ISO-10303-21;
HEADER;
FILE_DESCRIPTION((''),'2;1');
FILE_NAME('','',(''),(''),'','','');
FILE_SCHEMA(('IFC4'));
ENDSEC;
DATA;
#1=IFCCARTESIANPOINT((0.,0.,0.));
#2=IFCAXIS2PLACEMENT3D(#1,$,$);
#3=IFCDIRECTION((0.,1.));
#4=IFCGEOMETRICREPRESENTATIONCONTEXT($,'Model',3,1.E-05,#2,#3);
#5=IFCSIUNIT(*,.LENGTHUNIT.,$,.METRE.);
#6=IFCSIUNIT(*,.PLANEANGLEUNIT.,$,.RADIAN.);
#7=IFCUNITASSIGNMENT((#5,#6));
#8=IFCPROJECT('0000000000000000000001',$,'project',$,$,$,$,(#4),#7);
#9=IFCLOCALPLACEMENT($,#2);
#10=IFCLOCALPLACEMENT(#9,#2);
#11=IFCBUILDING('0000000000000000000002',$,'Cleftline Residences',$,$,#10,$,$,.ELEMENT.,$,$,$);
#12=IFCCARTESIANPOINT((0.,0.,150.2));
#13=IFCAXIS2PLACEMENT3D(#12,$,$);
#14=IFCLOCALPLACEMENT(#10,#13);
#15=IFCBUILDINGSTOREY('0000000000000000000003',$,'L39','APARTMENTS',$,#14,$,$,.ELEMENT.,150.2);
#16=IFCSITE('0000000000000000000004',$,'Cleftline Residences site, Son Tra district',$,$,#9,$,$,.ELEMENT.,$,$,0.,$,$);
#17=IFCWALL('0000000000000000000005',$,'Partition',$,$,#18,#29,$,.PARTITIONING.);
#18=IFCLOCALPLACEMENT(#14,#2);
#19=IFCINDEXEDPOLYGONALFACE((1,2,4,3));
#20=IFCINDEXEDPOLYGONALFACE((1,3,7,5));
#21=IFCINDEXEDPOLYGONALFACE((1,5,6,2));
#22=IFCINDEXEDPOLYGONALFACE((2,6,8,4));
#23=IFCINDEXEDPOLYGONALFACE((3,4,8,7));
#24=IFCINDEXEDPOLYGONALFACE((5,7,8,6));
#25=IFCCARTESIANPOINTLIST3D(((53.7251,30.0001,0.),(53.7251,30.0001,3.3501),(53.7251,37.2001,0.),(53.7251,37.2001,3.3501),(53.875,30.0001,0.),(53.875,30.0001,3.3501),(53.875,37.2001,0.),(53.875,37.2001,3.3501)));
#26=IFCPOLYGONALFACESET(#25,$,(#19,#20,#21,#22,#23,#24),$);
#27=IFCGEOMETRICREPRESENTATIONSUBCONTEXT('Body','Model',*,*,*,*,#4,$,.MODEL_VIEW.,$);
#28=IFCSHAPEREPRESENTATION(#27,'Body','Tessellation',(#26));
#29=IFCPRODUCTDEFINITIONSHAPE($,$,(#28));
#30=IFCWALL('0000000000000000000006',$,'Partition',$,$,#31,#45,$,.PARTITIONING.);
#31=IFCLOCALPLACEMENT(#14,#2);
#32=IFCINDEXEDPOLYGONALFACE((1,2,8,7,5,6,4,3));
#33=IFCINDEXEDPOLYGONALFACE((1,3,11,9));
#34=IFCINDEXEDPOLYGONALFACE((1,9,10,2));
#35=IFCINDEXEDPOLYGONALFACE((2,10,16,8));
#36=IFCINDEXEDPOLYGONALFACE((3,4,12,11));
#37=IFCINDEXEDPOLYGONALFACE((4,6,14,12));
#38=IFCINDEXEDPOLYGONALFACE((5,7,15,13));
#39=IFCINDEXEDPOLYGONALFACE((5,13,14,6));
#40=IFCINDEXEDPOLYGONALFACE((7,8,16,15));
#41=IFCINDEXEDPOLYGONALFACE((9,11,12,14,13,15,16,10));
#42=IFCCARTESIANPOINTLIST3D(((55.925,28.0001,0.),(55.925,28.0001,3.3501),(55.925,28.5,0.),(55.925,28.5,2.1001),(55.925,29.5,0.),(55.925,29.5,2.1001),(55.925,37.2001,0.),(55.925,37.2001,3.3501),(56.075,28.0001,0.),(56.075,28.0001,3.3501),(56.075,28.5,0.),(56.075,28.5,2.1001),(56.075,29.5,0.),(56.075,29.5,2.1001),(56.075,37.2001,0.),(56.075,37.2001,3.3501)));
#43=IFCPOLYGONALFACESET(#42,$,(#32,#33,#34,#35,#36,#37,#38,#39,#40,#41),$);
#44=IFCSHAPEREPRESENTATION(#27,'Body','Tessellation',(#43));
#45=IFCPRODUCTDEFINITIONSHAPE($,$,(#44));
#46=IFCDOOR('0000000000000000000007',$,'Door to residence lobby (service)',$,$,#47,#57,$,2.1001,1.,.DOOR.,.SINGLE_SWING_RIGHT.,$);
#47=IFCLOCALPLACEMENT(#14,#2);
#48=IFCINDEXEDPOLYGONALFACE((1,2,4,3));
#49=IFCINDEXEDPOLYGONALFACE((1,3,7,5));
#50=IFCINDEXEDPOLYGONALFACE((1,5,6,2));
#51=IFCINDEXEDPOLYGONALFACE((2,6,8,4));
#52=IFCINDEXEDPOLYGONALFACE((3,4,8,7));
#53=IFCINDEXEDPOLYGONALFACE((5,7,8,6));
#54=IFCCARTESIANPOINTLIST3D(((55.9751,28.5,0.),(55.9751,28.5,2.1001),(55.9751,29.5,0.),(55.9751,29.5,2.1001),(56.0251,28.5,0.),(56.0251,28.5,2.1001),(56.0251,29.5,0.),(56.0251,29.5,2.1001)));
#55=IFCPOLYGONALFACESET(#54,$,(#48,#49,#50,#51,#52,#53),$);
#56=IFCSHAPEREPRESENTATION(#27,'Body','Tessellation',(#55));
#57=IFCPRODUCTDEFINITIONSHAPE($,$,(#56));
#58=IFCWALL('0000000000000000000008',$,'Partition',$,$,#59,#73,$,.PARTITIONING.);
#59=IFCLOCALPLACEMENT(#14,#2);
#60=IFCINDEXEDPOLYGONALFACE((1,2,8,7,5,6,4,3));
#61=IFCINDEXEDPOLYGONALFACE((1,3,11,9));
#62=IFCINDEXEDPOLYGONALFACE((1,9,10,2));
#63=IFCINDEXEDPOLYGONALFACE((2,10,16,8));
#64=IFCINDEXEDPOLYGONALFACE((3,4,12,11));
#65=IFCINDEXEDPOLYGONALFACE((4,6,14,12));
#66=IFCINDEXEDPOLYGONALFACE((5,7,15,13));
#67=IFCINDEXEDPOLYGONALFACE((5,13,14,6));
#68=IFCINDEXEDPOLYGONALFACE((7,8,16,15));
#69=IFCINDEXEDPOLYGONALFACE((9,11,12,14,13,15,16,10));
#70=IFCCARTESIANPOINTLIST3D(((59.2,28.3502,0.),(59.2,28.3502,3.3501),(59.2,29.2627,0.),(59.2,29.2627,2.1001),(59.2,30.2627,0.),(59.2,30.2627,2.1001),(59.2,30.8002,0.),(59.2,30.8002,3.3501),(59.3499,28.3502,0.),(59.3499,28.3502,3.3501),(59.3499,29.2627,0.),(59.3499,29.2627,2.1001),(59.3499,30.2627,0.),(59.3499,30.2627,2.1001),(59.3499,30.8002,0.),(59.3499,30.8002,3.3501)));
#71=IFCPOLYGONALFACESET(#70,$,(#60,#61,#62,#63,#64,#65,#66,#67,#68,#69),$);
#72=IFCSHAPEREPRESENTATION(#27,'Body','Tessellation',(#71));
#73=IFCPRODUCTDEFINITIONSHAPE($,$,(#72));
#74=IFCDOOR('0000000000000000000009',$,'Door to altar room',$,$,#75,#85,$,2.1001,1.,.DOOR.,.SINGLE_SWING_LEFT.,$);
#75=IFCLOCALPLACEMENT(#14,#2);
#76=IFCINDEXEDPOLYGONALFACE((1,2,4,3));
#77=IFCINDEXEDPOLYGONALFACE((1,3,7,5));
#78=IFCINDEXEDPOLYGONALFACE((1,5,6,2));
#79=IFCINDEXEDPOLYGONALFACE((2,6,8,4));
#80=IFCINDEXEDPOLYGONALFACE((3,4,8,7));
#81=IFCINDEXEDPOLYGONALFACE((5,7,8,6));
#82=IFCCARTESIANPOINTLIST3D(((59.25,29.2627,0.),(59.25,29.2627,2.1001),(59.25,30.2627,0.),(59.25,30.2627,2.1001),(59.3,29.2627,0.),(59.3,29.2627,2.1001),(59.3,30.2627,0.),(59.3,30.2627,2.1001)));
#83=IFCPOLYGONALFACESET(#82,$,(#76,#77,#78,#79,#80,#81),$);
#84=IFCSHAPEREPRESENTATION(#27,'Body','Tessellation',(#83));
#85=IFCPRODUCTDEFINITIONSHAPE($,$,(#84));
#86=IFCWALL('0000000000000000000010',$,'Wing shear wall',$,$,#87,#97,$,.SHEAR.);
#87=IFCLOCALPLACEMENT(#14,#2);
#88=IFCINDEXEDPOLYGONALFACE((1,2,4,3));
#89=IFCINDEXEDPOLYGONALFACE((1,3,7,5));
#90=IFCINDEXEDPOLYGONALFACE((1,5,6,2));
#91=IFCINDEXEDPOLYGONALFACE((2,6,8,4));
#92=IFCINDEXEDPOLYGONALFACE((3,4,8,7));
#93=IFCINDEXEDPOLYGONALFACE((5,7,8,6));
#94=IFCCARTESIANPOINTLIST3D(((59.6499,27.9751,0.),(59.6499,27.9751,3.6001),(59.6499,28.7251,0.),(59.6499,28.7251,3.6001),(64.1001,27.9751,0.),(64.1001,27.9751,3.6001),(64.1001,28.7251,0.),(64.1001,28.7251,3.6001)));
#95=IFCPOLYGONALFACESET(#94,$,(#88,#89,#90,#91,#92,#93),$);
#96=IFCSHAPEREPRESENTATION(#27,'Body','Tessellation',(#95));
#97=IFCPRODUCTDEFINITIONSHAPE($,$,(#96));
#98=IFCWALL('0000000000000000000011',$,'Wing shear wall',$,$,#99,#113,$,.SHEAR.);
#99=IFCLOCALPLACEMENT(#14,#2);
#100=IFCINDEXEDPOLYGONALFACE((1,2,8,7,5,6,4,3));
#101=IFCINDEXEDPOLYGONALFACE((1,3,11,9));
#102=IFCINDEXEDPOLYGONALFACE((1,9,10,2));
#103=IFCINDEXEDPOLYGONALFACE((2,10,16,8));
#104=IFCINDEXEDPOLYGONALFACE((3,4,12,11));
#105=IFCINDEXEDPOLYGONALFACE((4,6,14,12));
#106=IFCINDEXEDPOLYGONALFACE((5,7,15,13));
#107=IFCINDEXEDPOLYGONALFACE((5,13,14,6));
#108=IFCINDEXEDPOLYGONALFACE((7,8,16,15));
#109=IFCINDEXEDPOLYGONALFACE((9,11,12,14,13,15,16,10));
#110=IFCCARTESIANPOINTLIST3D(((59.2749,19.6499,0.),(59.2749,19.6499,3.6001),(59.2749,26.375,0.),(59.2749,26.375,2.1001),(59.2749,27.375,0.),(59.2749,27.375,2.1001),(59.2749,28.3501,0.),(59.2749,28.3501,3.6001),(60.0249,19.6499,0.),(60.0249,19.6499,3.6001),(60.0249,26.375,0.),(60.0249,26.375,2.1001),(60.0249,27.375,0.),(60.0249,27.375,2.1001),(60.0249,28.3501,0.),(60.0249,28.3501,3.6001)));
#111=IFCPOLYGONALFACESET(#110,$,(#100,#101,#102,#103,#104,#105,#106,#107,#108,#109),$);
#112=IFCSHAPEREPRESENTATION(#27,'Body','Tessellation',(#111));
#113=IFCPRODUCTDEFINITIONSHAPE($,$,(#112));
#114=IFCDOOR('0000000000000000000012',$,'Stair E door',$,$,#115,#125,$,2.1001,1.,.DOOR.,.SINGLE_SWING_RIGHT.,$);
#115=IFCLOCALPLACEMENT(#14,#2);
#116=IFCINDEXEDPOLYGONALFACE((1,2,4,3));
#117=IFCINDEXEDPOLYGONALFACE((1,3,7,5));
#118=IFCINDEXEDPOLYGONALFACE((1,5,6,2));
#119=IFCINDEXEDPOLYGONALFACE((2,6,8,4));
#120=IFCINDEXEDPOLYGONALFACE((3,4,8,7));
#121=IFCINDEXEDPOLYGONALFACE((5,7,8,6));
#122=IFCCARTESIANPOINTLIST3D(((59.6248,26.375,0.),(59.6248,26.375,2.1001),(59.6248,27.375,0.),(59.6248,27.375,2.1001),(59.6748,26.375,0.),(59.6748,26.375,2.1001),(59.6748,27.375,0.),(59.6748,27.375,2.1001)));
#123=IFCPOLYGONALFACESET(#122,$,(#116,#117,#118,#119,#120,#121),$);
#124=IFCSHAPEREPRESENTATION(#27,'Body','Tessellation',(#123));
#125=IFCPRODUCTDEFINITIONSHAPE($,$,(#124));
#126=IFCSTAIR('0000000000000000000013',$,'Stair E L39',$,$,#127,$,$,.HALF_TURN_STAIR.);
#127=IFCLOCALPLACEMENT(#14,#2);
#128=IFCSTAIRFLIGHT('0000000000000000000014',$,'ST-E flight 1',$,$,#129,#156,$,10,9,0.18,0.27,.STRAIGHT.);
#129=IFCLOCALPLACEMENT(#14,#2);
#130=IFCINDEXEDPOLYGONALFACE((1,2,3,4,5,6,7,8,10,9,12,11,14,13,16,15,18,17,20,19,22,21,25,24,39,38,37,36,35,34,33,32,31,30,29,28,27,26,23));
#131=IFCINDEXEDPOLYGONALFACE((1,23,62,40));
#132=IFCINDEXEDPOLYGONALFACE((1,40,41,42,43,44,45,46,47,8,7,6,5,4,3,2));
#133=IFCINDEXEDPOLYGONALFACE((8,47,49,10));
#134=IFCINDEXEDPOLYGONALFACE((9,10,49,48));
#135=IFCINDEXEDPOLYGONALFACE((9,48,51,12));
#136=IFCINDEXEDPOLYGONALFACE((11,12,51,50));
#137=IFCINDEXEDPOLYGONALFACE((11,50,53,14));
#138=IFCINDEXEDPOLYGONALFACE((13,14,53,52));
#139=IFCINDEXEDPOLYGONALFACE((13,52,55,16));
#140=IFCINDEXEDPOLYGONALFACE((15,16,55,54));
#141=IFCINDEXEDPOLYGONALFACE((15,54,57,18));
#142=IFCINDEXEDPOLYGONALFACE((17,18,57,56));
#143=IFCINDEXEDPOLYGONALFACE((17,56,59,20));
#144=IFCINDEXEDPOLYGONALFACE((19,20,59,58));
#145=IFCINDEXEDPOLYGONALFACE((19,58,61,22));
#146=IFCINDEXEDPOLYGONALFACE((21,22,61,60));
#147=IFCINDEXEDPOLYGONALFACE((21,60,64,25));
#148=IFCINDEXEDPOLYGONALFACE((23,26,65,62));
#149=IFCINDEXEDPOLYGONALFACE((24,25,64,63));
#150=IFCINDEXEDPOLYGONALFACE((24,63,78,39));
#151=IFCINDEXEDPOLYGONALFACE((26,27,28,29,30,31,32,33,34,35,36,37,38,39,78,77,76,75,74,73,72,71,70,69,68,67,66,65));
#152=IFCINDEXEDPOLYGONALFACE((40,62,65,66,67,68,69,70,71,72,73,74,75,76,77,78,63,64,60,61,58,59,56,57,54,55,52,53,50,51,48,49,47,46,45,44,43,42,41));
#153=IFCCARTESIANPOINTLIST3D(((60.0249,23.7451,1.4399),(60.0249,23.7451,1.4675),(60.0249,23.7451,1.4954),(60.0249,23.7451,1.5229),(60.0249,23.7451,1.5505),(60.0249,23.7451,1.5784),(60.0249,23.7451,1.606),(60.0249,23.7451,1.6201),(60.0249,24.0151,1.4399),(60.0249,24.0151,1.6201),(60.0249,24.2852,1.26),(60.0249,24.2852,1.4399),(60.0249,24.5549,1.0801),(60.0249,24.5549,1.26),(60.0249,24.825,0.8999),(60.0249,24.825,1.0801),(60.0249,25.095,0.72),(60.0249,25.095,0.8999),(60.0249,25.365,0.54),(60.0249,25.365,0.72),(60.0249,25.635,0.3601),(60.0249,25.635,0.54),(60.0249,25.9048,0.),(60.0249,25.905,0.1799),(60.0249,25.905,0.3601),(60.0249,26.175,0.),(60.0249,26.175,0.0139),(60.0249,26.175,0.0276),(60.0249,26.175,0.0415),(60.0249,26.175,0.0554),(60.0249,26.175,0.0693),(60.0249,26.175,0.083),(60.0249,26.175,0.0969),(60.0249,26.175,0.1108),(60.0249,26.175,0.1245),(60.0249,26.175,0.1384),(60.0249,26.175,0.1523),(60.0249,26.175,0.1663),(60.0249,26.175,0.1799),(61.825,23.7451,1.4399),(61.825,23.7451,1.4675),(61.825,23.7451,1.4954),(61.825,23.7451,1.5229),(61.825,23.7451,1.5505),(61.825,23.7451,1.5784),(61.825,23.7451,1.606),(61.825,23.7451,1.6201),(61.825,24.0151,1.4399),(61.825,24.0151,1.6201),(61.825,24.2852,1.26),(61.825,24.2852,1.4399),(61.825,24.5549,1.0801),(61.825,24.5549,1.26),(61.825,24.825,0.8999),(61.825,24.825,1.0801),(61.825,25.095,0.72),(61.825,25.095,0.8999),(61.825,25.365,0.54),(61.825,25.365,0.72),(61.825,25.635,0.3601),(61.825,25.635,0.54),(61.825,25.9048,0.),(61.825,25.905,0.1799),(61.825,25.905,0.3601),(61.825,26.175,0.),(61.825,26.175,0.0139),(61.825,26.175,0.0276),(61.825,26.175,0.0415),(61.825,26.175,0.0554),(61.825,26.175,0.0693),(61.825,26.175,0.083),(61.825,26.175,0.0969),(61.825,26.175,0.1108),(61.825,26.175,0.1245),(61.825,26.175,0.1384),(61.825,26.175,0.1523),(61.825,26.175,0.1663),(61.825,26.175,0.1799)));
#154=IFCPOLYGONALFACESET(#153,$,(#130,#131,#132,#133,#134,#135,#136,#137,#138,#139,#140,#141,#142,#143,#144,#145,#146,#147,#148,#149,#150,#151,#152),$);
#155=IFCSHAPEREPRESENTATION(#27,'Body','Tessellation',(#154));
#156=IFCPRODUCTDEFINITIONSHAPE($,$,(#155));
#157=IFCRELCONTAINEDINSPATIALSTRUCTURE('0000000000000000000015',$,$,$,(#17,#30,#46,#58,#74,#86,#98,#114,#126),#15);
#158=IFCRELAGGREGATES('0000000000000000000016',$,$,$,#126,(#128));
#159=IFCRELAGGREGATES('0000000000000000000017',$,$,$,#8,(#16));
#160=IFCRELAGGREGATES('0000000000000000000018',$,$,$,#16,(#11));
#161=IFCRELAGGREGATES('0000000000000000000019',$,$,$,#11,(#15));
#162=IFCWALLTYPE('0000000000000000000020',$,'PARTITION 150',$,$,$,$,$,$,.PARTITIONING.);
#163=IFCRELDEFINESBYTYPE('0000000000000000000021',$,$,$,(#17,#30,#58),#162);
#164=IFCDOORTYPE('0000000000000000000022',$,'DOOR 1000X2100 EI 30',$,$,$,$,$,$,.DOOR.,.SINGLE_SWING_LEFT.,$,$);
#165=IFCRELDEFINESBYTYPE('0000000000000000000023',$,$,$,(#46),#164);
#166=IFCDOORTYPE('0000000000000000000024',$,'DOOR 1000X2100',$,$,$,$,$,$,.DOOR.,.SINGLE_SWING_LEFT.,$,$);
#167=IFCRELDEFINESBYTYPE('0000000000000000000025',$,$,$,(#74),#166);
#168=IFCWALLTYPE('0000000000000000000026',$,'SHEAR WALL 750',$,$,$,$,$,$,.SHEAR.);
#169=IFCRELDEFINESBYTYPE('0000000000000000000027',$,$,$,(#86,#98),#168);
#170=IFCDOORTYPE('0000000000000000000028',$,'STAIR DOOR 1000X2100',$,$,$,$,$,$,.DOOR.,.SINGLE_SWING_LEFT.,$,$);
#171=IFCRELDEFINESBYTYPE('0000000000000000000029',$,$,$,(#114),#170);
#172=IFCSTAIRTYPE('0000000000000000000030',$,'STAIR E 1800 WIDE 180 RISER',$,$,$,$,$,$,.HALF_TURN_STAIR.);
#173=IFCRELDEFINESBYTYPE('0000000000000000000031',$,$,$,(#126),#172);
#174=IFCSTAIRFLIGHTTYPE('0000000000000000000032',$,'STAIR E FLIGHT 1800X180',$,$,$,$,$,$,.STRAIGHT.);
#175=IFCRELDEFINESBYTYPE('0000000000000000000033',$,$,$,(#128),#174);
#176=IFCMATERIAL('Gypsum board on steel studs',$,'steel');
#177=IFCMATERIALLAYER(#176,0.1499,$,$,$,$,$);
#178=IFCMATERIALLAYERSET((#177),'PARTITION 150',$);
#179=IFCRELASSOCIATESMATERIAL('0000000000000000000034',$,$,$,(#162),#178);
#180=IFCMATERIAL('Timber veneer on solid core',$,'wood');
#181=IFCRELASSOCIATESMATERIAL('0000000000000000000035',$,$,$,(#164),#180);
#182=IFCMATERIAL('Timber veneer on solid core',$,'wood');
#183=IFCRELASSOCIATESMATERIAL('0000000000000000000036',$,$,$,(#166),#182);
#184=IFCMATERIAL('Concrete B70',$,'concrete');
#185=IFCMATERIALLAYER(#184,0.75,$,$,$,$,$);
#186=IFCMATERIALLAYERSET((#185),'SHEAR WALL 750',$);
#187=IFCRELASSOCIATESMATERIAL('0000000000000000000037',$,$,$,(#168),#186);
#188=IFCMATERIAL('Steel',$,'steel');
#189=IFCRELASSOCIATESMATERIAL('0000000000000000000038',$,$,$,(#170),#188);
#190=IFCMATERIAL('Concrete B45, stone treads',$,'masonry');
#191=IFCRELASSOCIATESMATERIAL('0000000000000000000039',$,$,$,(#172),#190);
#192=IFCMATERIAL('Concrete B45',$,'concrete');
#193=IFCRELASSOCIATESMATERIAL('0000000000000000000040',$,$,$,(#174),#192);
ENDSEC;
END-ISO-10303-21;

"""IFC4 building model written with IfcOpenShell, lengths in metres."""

from ifc_helpers import new_model, si_unit, direction, frame, frame_2d, origin, place, context, subcontext, project, spatial, polyline, rectangle, outline, extrude, material, layer, layer_set, type_object, element, fill, aggregate, save


model = new_model("IFC4")

# Units and contexts
model_context = context("Model", 3, precision=1e-05, world=origin(), true_north=direction((0.0, 1.0)))
body_context = subcontext(model_context, "Body", "Model", "MODEL_VIEW")
ifc_project = project(units=[si_unit("LENGTHUNIT", "METRE"), si_unit("PLANEANGLEUNIT", "RADIAN")], contexts=[model_context])

# Site, building, storey
site_placement = place(None, origin())
site = spatial("IfcSite", under=ifc_project, at=site_placement, Name="Cleftline Residences site, Son Tra district", CompositionType="ELEMENT", RefElevation=0.0)
building_placement = place(site_placement, origin())
building = spatial("IfcBuilding", under=site, at=building_placement, Name="Cleftline Residences", CompositionType="ELEMENT")
storey_placement = place(building_placement, frame((0.0, 0.0, 150.2)))
storey = spatial("IfcBuildingStorey", under=building, at=storey_placement, Name="L39", Description="APARTMENTS", CompositionType="ELEMENT", Elevation=150.2)

# Wall
ifc_material_1 = material(Name="Gypsum board on steel studs", Category="steel")
ifc_layer_1 = layer(ifc_material_1, 0.1499)
ifc_layer_set_1 = layer_set([ifc_layer_1], Name="PARTITION 150")
wall_type_1 = type_object("IfcWallType", Name="PARTITION 150", PredefinedType="PARTITIONING", material=ifc_layer_set_1)
wall_1_placement = place(storey_placement, frame((53.8, 30.0, 0.0), z_axis=(0.0, 0.0, 1.0), x_axis=(0.0, 1.0, 0.0)))
element("IfcWall", 1, at=wall_1_placement, inside=storey, type_object=wall_type_1, Name="Partition", PredefinedType="PARTITIONING", context=body_context, shape_type="SweptSolid", body=[
    extrude(rectangle(XDim=7.2, YDim=0.1499, at=frame_2d((3.6001, 0.0))), origin(), (0.0, 0.0, 1.0), 3.3501),
])

# Walls, openings, doors
wall_2_placement = place(storey_placement, frame((56.0, 28.0, 0.0), z_axis=(0.0, 0.0, 1.0), x_axis=(0.0, 1.0, 0.0)))
wall_2 = element("IfcWall", 2, at=wall_2_placement, inside=storey, type_object=wall_type_1, Name="Partition", PredefinedType="PARTITIONING", context=body_context, shape_type="SweptSolid", body=[
    extrude(rectangle(XDim=9.2, YDim=0.1499, at=frame_2d((4.6001, 0.0))), origin(), (0.0, 0.0, 1.0), 3.3501),
])
opening_1_placement = place(wall_2_placement, frame((0.5, 0.0, 0.0)))
opening_1 = element("IfcOpeningElement", 3, at=opening_1_placement, cuts=wall_2, PredefinedType="OPENING", context=body_context, shape_type="SweptSolid", body=[
    extrude(rectangle(XDim=1.0, YDim=2.1001, at=frame_2d((0.5, 1.05))), frame((0.0, 0.085, 0.0), z_axis=(0.0, -1.0, 0.0), x_axis=(1.0, 0.0, 0.0)), (0.0, 0.0, 1.0), 0.1699),
])
ifc_material_2 = material(Name="Timber veneer on solid core", Category="wood")
door_type_1 = type_object("IfcDoorType", Name="DOOR 1000X2100 EI 30", OperationType="SINGLE_SWING_LEFT", PredefinedType="DOOR", material=ifc_material_2)
door_1_placement = place(opening_1_placement, origin())
door_1 = element("IfcDoor", 4, at=door_1_placement, inside=storey, type_object=door_type_1, Name="Door to residence lobby (service)", OperationType="SINGLE_SWING_RIGHT", OverallHeight=2.1001, OverallWidth=1.0, PredefinedType="DOOR", context=body_context, shape_type="SweptSolid", body=[
    extrude(rectangle(XDim=1.0, YDim=2.1001, at=frame_2d((0.5, 1.05))), frame((0.0, 0.0249, 0.0), z_axis=(0.0, -1.0, 0.0), x_axis=(1.0, 0.0, 0.0)), (0.0, 0.0, 1.0), 0.05),
])
fill(opening_1, door_1)
wall_3_placement = place(storey_placement, frame((59.2749, 28.3501, 0.0), z_axis=(0.0, 0.0, 1.0), x_axis=(0.0, 1.0, 0.0)))
wall_3 = element("IfcWall", 5, at=wall_3_placement, inside=storey, type_object=wall_type_1, Name="Partition", PredefinedType="PARTITIONING", context=body_context, shape_type="SweptSolid", body=[
    extrude(rectangle(XDim=2.45, YDim=0.1499, at=frame_2d((1.2251, 0.0))), origin(), (0.0, 0.0, 1.0), 3.3501),
])
opening_2_placement = place(wall_3_placement, frame((0.9126, 0.0, 0.0)))
opening_2 = element("IfcOpeningElement", 6, at=opening_2_placement, cuts=wall_3, PredefinedType="OPENING", context=body_context, shape_type="SweptSolid", body=[
    extrude(rectangle(XDim=1.0, YDim=2.1001, at=frame_2d((0.5, 1.05))), frame((0.0, 0.085, 0.0), z_axis=(0.0, -1.0, 0.0), x_axis=(1.0, 0.0, 0.0)), (0.0, 0.0, 1.0), 0.1699),
])
ifc_material_3 = material(Name="Timber veneer on solid core", Category="wood")
door_type_2 = type_object("IfcDoorType", Name="DOOR 1000X2100", OperationType="SINGLE_SWING_LEFT", PredefinedType="DOOR", material=ifc_material_3)
door_2_placement = place(opening_2_placement, origin())
door_2 = element("IfcDoor", 7, at=door_2_placement, inside=storey, type_object=door_type_2, Name="Door to altar room", OperationType="SINGLE_SWING_LEFT", OverallHeight=2.1001, OverallWidth=1.0, PredefinedType="DOOR", context=body_context, shape_type="SweptSolid", body=[
    extrude(rectangle(XDim=1.0, YDim=2.1001, at=frame_2d((0.5, 1.05))), frame((0.0, 0.0249, 0.0), z_axis=(0.0, -1.0, 0.0), x_axis=(1.0, 0.0, 0.0)), (0.0, 0.0, 1.0), 0.05),
])
fill(opening_2, door_2)

# Wall
ifc_material_4 = material(Name="Concrete B70", Category="concrete")
ifc_layer_2 = layer(ifc_material_4, 0.75)
ifc_layer_set_2 = layer_set([ifc_layer_2], Name="SHEAR WALL 750")
wall_type_2 = type_object("IfcWallType", Name="SHEAR WALL 750", PredefinedType="SHEAR", material=ifc_layer_set_2)
wall_4_placement = place(storey_placement, frame((64.1001, 28.3501, 0.0), z_axis=(0.0, 0.0, 1.0), x_axis=(-1.0, 0.0, 0.0)))
element("IfcWall", 8, at=wall_4_placement, inside=storey, type_object=wall_type_2, Name="Wing shear wall", PredefinedType="SHEAR", context=body_context, shape_type="SweptSolid", body=[
    extrude(rectangle(XDim=4.4502, YDim=0.75, at=frame_2d((2.2251, 0.0))), origin(), (0.0, 0.0, 1.0), 3.6001),
])

# Wall, opening, door
wall_5_placement = place(storey_placement, frame((59.6499, 28.3501, 0.0), z_axis=(0.0, 0.0, 1.0), x_axis=(0.0, -1.0, 0.0)))
wall_5 = element("IfcWall", 9, at=wall_5_placement, inside=storey, type_object=wall_type_2, Name="Wing shear wall", PredefinedType="SHEAR", context=body_context, shape_type="SweptSolid", body=[
    extrude(rectangle(XDim=8.7002, YDim=0.75, at=frame_2d((4.3501, 0.0))), origin(), (0.0, 0.0, 1.0), 3.6001),
])
opening_3_placement = place(wall_5_placement, frame((0.9751, 0.0, 0.0)))
opening_3 = element("IfcOpeningElement", 10, at=opening_3_placement, cuts=wall_5, PredefinedType="OPENING", context=body_context, shape_type="SweptSolid", body=[
    extrude(rectangle(XDim=1.0, YDim=2.1001, at=frame_2d((0.5, 1.05))), frame((0.0, 0.385, 0.0), z_axis=(0.0, -1.0, 0.0), x_axis=(1.0, 0.0, 0.0)), (0.0, 0.0, 1.0), 0.77),
])
ifc_material_5 = material(Name="Steel", Category="steel")
door_type_3 = type_object("IfcDoorType", Name="STAIR DOOR 1000X2100", OperationType="SINGLE_SWING_LEFT", PredefinedType="DOOR", material=ifc_material_5)
door_3_placement = place(opening_3_placement, origin())
door_3 = element("IfcDoor", 11, at=door_3_placement, inside=storey, type_object=door_type_3, Name="Stair E door", OperationType="SINGLE_SWING_RIGHT", OverallHeight=2.1001, OverallWidth=1.0, PredefinedType="DOOR", context=body_context, shape_type="SweptSolid", body=[
    extrude(rectangle(XDim=1.0, YDim=2.1001, at=frame_2d((0.5, 1.05))), frame((0.0, 0.0249, 0.0), z_axis=(0.0, -1.0, 0.0), x_axis=(1.0, 0.0, 0.0)), (0.0, 0.0, 1.0), 0.05),
])
fill(opening_3, door_3)

# Stair, stair flight
ifc_material_6 = material(Name="Concrete B45, stone treads", Category="masonry")
stair_type = type_object("IfcStairType", Name="STAIR E 1800 WIDE 180 RISER", PredefinedType="HALF_TURN_STAIR", material=ifc_material_6)
stair_placement = place(storey_placement, origin())
stair = element("IfcStair", 12, at=stair_placement, inside=storey, type_object=stair_type, Name="Stair E L39", PredefinedType="HALF_TURN_STAIR")
ifc_material_7 = material(Name="Concrete B45", Category="concrete")
stair_flight_type = type_object("IfcStairFlightType", Name="STAIR E FLIGHT 1800X180", PredefinedType="STRAIGHT", material=ifc_material_7)
stair_flight_placement = place(storey_placement, frame((60.925, 26.175, 0.0), z_axis=(0.0, 0.0, 1.0), x_axis=(0.0, -1.0, 0.0)))
stair_flight = element("IfcStairFlight", 13, at=stair_flight_placement, type_object=stair_flight_type, Name="ST-E flight 1", NumberOfRisers=10, NumberOfTreads=9, PredefinedType="STRAIGHT", RiserHeight=0.18, TreadLength=0.27, context=body_context, shape_type="SweptSolid", body=[
    extrude(outline(polyline([(0.0, 0.0), (0.0, 0.0139), (0.0, 0.0276), (0.0, 0.0415), (0.0, 0.0554), (0.0, 0.0693), (0.0, 0.083), (0.0, 0.0969), (0.0, 0.1108), (0.0, 0.1245), (0.0, 0.1384), (0.0, 0.1523), (0.0, 0.1663), (0.0, 0.1799), (0.27, 0.1799), (0.27, 0.3601), (0.54, 0.3601), (0.54, 0.54), (0.8101, 0.54), (0.8101, 0.72), (1.0801, 0.72), (1.0801, 0.8999), (1.3501, 0.8999), (1.3501, 1.0801), (1.6201, 1.0801), (1.6201, 1.26), (1.8899, 1.26), (1.8899, 1.4399), (2.1599, 1.4399), (2.1599, 1.6201), (2.4299, 1.6201), (2.4299, 1.8), (2.4299, 1.7722), (2.4299, 1.7446), (2.4299, 1.7168), (2.4299, 1.6892), (2.4299, 1.6614), (2.4299, 1.6338), (2.4299, 1.606), (2.4299, 1.5784), (2.4299, 1.5505), (2.4299, 1.5229), (2.4299, 1.4954), (2.4299, 1.4675), (2.4299, 1.4399), (0.2703, 0.0), (0.0, 0.0)])), frame((0.0, 0.8999, 0.0), z_axis=(0.0, -1.0, 0.0), x_axis=(1.0, 0.0, 0.0)), (0.0, 0.0, 1.0), 1.8),
])
aggregate(stair, [stair_flight])

save(model, "model.ifc")
